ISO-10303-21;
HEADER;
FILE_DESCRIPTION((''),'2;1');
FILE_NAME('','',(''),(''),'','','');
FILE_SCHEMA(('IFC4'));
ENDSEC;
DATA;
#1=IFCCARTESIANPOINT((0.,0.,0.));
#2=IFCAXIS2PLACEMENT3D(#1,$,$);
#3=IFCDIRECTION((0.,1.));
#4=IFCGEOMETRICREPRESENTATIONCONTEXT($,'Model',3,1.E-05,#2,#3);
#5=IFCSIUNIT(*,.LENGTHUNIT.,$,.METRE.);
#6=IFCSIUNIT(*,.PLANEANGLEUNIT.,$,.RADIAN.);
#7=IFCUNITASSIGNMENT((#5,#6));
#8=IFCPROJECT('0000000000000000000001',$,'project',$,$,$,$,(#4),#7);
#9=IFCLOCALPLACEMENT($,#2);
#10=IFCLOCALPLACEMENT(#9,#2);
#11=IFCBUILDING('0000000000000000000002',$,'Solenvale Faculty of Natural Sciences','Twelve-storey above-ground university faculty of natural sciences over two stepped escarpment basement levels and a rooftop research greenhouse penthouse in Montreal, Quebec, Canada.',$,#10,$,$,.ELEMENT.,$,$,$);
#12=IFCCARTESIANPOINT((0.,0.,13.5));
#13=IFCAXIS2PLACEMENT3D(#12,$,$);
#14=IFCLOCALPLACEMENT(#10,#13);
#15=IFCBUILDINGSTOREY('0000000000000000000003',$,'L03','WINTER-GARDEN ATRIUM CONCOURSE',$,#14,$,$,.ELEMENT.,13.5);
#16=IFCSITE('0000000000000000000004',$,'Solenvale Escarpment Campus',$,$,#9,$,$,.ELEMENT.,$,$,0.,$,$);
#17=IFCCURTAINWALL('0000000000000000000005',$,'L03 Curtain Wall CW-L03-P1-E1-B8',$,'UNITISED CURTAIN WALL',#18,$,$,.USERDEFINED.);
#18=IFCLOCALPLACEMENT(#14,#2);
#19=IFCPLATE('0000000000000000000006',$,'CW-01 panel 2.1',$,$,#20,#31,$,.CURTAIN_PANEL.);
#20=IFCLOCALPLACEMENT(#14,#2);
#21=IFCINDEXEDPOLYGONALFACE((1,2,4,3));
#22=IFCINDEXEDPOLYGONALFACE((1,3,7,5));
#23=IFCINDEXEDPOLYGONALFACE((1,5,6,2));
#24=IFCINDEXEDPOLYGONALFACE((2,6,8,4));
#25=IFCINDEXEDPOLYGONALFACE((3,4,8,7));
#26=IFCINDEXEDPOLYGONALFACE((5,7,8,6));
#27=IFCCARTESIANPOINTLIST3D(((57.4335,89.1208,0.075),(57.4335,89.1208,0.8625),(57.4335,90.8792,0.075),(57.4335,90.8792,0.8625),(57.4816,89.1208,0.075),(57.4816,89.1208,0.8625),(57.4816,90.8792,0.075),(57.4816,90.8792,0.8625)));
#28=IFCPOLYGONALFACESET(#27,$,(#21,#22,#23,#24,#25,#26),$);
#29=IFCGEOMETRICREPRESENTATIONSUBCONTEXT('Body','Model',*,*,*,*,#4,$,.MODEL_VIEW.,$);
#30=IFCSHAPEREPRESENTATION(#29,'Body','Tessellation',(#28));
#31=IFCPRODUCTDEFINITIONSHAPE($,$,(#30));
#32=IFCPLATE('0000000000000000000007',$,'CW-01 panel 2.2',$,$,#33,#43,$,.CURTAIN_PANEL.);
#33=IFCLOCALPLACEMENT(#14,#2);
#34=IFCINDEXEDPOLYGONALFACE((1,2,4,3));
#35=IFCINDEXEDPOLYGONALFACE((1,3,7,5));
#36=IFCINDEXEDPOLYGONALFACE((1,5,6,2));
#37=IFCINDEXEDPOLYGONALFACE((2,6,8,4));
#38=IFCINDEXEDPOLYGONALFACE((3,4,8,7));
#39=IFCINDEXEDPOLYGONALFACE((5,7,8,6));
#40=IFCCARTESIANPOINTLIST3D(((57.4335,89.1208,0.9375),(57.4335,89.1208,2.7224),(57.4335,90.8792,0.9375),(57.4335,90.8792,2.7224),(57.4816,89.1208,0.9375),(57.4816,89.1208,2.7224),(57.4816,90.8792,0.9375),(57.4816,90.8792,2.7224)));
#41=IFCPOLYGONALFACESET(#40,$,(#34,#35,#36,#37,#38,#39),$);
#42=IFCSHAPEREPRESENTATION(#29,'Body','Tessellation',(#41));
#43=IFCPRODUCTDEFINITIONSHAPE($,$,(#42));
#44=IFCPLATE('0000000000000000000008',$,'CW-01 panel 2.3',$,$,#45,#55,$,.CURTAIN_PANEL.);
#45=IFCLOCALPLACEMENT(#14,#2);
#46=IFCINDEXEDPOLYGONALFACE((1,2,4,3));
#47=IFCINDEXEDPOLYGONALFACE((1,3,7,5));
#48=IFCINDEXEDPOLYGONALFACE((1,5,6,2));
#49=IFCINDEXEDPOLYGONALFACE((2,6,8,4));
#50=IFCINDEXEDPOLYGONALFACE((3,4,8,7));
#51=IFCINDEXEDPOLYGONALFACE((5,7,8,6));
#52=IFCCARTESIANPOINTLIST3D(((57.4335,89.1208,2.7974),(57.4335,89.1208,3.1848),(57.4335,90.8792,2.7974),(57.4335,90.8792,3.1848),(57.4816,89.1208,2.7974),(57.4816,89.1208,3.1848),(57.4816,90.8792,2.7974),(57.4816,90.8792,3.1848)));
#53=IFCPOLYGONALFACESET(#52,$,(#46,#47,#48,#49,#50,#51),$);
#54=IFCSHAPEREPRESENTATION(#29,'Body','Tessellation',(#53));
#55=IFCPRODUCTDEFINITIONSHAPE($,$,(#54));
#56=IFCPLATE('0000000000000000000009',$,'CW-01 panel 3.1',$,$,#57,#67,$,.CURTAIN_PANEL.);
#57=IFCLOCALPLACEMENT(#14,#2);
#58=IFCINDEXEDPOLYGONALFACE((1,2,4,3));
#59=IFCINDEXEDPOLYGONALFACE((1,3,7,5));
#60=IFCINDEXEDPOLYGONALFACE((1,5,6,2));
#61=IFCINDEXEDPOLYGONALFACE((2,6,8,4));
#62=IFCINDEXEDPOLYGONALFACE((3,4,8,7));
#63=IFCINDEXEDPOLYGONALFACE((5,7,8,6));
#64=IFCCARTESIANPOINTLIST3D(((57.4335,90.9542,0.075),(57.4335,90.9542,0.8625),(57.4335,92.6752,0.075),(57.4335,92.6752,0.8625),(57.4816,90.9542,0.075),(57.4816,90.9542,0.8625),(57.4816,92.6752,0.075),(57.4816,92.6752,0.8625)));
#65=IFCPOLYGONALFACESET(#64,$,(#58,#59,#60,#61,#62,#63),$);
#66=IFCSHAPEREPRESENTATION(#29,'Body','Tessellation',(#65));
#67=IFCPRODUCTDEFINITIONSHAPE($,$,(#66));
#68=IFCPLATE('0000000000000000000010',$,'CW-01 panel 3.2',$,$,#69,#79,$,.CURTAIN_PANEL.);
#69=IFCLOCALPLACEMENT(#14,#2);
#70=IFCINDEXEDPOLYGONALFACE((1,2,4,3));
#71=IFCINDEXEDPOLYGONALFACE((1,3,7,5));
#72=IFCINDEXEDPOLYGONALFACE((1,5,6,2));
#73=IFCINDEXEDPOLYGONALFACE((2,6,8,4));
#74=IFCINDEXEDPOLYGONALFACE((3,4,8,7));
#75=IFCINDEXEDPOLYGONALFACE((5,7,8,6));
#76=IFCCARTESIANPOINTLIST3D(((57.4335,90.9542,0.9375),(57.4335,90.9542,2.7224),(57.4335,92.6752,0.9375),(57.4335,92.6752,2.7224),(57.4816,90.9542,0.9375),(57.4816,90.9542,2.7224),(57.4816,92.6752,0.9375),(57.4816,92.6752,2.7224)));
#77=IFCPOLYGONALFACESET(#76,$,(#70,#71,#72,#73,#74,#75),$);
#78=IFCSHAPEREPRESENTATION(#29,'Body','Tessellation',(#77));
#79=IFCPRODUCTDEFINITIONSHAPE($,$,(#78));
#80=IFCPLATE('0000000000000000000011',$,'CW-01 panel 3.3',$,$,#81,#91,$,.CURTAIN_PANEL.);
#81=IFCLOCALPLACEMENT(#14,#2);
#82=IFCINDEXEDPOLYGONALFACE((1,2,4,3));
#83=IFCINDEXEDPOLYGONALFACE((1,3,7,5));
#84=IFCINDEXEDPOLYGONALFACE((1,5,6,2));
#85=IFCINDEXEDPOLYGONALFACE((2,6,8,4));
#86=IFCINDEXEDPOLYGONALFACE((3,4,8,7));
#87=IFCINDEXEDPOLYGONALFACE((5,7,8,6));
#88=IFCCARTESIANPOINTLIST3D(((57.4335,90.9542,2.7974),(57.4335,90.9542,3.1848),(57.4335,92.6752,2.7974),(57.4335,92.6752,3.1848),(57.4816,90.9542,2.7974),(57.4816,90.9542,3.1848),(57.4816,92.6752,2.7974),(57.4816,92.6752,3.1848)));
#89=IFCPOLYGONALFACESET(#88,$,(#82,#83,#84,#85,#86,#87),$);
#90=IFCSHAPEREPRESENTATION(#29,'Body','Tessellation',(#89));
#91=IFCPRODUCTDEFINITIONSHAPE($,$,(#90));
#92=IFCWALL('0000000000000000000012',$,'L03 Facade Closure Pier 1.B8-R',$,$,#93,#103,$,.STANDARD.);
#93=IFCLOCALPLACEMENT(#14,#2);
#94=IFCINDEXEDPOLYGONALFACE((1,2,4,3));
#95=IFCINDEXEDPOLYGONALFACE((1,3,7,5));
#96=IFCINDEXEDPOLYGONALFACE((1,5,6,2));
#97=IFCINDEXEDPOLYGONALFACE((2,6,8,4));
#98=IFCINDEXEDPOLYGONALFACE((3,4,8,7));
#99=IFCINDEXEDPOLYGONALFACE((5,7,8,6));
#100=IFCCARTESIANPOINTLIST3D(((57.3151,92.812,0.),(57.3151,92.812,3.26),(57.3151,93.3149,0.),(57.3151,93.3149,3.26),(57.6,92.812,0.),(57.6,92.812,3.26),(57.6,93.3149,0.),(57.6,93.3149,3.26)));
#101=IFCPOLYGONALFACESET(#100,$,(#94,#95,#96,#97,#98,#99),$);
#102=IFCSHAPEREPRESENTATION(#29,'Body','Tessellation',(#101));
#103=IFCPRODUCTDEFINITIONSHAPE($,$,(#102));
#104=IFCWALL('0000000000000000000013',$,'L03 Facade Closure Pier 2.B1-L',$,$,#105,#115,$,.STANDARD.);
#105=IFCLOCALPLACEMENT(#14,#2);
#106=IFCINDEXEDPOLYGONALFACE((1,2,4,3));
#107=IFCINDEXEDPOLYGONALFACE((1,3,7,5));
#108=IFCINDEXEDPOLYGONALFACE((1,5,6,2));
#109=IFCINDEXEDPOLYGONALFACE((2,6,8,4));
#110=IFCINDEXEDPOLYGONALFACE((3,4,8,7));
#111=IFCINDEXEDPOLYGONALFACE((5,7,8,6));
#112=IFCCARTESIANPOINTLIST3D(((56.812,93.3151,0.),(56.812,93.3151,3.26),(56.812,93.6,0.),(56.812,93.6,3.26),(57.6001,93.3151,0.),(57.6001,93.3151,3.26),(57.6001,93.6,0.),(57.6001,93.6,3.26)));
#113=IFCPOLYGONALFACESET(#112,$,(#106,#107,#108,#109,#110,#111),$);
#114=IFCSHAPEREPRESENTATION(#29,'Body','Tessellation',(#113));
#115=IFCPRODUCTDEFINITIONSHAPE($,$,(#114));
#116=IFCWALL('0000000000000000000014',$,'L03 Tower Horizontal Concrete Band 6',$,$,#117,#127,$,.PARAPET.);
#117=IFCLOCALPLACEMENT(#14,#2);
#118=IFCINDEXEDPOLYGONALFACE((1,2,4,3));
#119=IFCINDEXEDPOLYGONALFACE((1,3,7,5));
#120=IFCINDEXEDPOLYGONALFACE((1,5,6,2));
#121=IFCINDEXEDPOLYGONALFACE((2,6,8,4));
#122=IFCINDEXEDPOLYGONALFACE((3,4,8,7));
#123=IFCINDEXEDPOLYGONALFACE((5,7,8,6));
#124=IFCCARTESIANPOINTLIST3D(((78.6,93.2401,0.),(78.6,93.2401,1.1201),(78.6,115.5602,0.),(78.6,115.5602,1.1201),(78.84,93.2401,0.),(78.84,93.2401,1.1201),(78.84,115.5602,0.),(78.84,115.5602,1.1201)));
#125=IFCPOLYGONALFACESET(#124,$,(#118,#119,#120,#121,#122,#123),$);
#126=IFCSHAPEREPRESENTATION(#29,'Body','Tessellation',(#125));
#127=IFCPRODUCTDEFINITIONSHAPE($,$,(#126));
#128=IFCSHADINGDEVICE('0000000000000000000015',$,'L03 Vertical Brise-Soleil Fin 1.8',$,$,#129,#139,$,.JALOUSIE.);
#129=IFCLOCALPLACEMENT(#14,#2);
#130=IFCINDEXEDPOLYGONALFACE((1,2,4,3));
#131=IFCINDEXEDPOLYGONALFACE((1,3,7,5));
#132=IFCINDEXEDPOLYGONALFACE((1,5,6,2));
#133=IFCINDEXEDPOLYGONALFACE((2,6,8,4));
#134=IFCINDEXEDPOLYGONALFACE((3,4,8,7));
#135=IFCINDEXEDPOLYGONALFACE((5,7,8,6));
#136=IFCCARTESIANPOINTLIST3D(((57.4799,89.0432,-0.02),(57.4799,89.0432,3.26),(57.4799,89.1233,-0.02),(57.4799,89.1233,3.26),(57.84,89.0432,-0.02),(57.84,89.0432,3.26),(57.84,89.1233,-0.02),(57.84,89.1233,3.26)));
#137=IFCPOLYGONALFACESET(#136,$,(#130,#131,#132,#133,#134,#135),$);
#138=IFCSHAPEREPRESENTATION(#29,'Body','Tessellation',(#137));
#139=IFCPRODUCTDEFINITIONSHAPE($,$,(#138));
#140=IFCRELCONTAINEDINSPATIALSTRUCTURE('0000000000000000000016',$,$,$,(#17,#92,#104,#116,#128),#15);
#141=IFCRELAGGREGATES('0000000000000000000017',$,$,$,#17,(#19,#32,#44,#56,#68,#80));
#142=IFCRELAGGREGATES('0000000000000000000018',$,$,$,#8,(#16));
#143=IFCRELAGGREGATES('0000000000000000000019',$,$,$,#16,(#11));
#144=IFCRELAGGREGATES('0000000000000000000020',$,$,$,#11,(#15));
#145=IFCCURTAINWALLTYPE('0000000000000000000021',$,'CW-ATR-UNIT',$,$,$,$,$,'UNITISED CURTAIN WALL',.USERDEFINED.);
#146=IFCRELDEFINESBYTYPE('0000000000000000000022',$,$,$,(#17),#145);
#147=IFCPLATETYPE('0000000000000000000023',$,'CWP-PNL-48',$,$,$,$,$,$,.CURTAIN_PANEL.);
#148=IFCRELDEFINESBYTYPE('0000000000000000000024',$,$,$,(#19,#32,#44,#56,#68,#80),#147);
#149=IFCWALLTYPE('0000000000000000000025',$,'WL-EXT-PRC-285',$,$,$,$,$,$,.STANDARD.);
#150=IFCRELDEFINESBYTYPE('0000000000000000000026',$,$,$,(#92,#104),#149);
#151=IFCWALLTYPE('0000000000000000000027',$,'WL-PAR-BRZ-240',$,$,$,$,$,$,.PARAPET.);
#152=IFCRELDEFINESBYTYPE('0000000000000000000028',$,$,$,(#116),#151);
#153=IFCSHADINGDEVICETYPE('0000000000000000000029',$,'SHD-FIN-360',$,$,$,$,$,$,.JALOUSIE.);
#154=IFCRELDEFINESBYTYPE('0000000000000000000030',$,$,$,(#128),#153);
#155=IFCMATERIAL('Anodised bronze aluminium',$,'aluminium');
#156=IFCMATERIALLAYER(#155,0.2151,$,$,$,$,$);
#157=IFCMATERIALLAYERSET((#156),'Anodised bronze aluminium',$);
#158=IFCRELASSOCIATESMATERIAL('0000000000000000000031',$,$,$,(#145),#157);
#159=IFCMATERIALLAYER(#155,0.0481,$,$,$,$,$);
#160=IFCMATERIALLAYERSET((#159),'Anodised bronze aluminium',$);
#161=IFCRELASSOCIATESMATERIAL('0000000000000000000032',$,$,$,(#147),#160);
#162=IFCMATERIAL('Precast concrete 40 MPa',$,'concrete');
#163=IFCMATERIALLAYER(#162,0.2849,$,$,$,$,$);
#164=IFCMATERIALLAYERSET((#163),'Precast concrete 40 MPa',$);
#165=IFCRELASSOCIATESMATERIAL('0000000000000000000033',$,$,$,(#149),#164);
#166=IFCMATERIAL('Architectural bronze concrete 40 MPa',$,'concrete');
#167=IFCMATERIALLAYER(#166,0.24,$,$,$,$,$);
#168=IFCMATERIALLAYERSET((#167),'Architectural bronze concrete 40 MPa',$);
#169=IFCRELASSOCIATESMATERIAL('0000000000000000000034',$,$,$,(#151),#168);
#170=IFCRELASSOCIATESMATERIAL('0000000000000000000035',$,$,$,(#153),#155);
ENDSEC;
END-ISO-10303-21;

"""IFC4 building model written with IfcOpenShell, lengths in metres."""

from ifc_helpers import new_model, si_unit, direction, frame, frame_2d, origin, origin_2d, place, context, subcontext, project, spatial, rectangle, extrude, material, layer, layer_set, material_profile, profile_set, type_object, element, aggregate, save


model = new_model("IFC4")

# Units and contexts
model_context = context("Model", 3, precision=1e-05, world=origin(), true_north=direction((0.0, 1.0)))
body_context = subcontext(model_context, "Body", "Model", "MODEL_VIEW")
ifc_project = project(units=[si_unit("LENGTHUNIT", "METRE"), si_unit("PLANEANGLEUNIT", "RADIAN")], contexts=[model_context])

# Site, building, storey
site_placement = place(None, origin())
site = spatial("IfcSite", under=ifc_project, at=site_placement, Name="Solenvale Escarpment Campus", CompositionType="ELEMENT", RefElevation=0.0)
building_placement = place(site_placement, origin())
building = spatial("IfcBuilding", under=site, at=building_placement, Name="Solenvale Faculty of Natural Sciences", Description="Twelve-storey above-ground university faculty of natural sciences over two stepped escarpment basement levels and a rooftop research greenhouse penthouse in Montreal, Quebec, Canada.", CompositionType="ELEMENT")
storey_placement = place(building_placement, frame((0.0, 0.0, 13.5)))
storey = spatial("IfcBuildingStorey", under=building, at=storey_placement, Name="L03", Description="WINTER-GARDEN ATRIUM CONCOURSE", CompositionType="ELEMENT", Elevation=13.5)

# Curtain wall, plates
ifc_material_1 = material(Name="Anodised bronze aluminium", Category="aluminium")
ifc_layer_1 = layer(ifc_material_1, 0.2151)
ifc_layer_set_1 = layer_set([ifc_layer_1], Name="Anodised bronze aluminium")
curtain_wall_type = type_object("IfcCurtainWallType", Name="CW-ATR-UNIT", ElementType="UNITISED CURTAIN WALL", PredefinedType="USERDEFINED", material=ifc_layer_set_1)
curtain_wall_placement = place(storey_placement, origin())
curtain_wall = element("IfcCurtainWall", 1, at=curtain_wall_placement, inside=storey, type_object=curtain_wall_type, Name="L03 Curtain Wall CW-L03-P1-E1-B8", ObjectType="UNITISED CURTAIN WALL", PredefinedType="USERDEFINED")
ifc_layer_2 = layer(ifc_material_1, 0.0481)
ifc_layer_set_2 = layer_set([ifc_layer_2], Name="Anodised bronze aluminium")
plate_type = type_object("IfcPlateType", Name="CWP-PNL-48", PredefinedType="CURTAIN_PANEL", material=ifc_layer_set_2)
plate_1_placement = place(storey_placement, frame((57.4575, 90.0, 0.075), z_axis=(0.0, 0.0, 1.0), x_axis=(0.0, 1.0, 0.0)))
plate_1 = element("IfcPlate", 2, at=plate_1_placement, type_object=plate_type, Name="CW-01 panel 2.1", PredefinedType="CURTAIN_PANEL", context=body_context, shape_type="SweptSolid", body=[
    extrude(rectangle(XDim=1.7583, YDim=0.0481, at=origin_2d()), origin(), (0.0, 0.0, 1.0), 0.7876),
])
plate_2_placement = place(storey_placement, frame((57.4575, 90.0, 0.9375), z_axis=(0.0, 0.0, 1.0), x_axis=(0.0, 1.0, 0.0)))
plate_2 = element("IfcPlate", 3, at=plate_2_placement, type_object=plate_type, Name="CW-01 panel 2.2", PredefinedType="CURTAIN_PANEL", context=body_context, shape_type="SweptSolid", body=[
    extrude(rectangle(XDim=1.7583, YDim=0.0481, at=origin_2d()), origin(), (0.0, 0.0, 1.0), 1.7849),
])
plate_3_placement = place(storey_placement, frame((57.4575, 90.0, 2.7974), z_axis=(0.0, 0.0, 1.0), x_axis=(0.0, 1.0, 0.0)))
plate_3 = element("IfcPlate", 4, at=plate_3_placement, type_object=plate_type, Name="CW-01 panel 2.3", PredefinedType="CURTAIN_PANEL", context=body_context, shape_type="SweptSolid", body=[
    extrude(rectangle(XDim=1.7583, YDim=0.0481, at=origin_2d()), origin(), (0.0, 0.0, 1.0), 0.3875),
])
plate_4_placement = place(storey_placement, frame((57.4575, 91.8147, 0.075), z_axis=(0.0, 0.0, 1.0), x_axis=(0.0, 1.0, 0.0)))
plate_4 = element("IfcPlate", 5, at=plate_4_placement, type_object=plate_type, Name="CW-01 panel 3.1", PredefinedType="CURTAIN_PANEL", context=body_context, shape_type="SweptSolid", body=[
    extrude(rectangle(XDim=1.7209, YDim=0.0481, at=origin_2d()), origin(), (0.0, 0.0, 1.0), 0.7876),
])
plate_5_placement = place(storey_placement, frame((57.4575, 91.8147, 0.9375), z_axis=(0.0, 0.0, 1.0), x_axis=(0.0, 1.0, 0.0)))
plate_5 = element("IfcPlate", 6, at=plate_5_placement, type_object=plate_type, Name="CW-01 panel 3.2", PredefinedType="CURTAIN_PANEL", context=body_context, shape_type="SweptSolid", body=[
    extrude(rectangle(XDim=1.7209, YDim=0.0481, at=origin_2d()), origin(), (0.0, 0.0, 1.0), 1.7849),
])
plate_6_placement = place(storey_placement, frame((57.4575, 91.8147, 2.7974), z_axis=(0.0, 0.0, 1.0), x_axis=(0.0, 1.0, 0.0)))
plate_6 = element("IfcPlate", 7, at=plate_6_placement, type_object=plate_type, Name="CW-01 panel 3.3", PredefinedType="CURTAIN_PANEL", context=body_context, shape_type="SweptSolid", body=[
    extrude(rectangle(XDim=1.7209, YDim=0.0481, at=origin_2d()), origin(), (0.0, 0.0, 1.0), 0.3875),
])
aggregate(curtain_wall, [plate_1, plate_2, plate_3, plate_4, plate_5, plate_6])

# Walls
ifc_material_2 = material(Name="Precast concrete 40 MPa", Category="concrete")
ifc_layer_3 = layer(ifc_material_2, 0.2849)
ifc_layer_set_3 = layer_set([ifc_layer_3], Name="Precast concrete 40 MPa")
wall_type_1 = type_object("IfcWallType", Name="WL-EXT-PRC-285", PredefinedType="STANDARD", material=ifc_layer_set_3)
wall_1_placement = place(storey_placement, frame((57.4575, 92.812, 0.0), z_axis=(0.0, 0.0, 1.0), x_axis=(0.0, 1.0, 0.0)))
element("IfcWall", 8, at=wall_1_placement, inside=storey, type_object=wall_type_1, Name="L03 Facade Closure Pier 1.B8-R", PredefinedType="STANDARD", context=body_context, shape_type="SweptSolid", body=[
    extrude(rectangle(XDim=0.5029, YDim=0.2849, at=frame_2d((0.2515, 0.0))), origin(), (0.0, 0.0, 1.0), 3.26),
])
wall_2_placement = place(storey_placement, frame((57.6001, 93.4575, 0.0), z_axis=(0.0, 0.0, 1.0), x_axis=(-1.0, 0.0, 0.0)))
element("IfcWall", 9, at=wall_2_placement, inside=storey, type_object=wall_type_1, Name="L03 Facade Closure Pier 2.B1-L", PredefinedType="STANDARD", context=body_context, shape_type="SweptSolid", body=[
    extrude(rectangle(XDim=0.7881, YDim=0.2849, at=frame_2d((0.394, 0.0))), origin(), (0.0, 0.0, 1.0), 3.26),
])
ifc_material_3 = material(Name="Architectural bronze concrete 40 MPa", Category="concrete")
ifc_layer_4 = layer(ifc_material_3, 0.24)
ifc_layer_set_4 = layer_set([ifc_layer_4], Name="Architectural bronze concrete 40 MPa")
wall_type_2 = type_object("IfcWallType", Name="WL-PAR-BRZ-240", PredefinedType="PARAPET", material=ifc_layer_set_4)
wall_3_placement = place(storey_placement, frame((78.72, 93.24, 0.0), z_axis=(0.0, 0.0, 1.0), x_axis=(0.0, 1.0, 0.0)))
element("IfcWall", 10, at=wall_3_placement, inside=storey, type_object=wall_type_2, Name="L03 Tower Horizontal Concrete Band 6", PredefinedType="PARAPET", context=body_context, shape_type="SweptSolid", body=[
    extrude(rectangle(XDim=22.3201, YDim=0.24, at=frame_2d((11.1602, 0.0))), origin(), (0.0, 0.0, 1.0), 1.1201),
])

# Shading device
ifc_material_profile_1 = material_profile(ifc_material_1, rectangle(XDim=0.0801, YDim=0.3601, at=origin_2d()), Name="ALU-FIN-80x360")
ifc_profile_set_1 = profile_set([ifc_material_profile_1], Name="Anodised bronze aluminium")
shading_device_type = type_object("IfcShadingDeviceType", Name="SHD-FIN-360", PredefinedType="JALOUSIE", material=ifc_profile_set_1)
shading_device_placement = place(storey_placement, frame((57.6599, 89.0833, -0.02), z_axis=(0.0, 0.0, 1.0), x_axis=(0.0, 1.0, 0.0)))
element("IfcShadingDevice", 11, at=shading_device_placement, inside=storey, type_object=shading_device_type, Name="L03 Vertical Brise-Soleil Fin 1.8", PredefinedType="JALOUSIE", context=body_context, shape_type="SweptSolid", body=[
    extrude(rectangle(XDim=0.0801, YDim=0.3601, at=origin_2d()), origin(), (0.0, 0.0, 1.0), 3.28),
])

save(model, "model.ifc")
